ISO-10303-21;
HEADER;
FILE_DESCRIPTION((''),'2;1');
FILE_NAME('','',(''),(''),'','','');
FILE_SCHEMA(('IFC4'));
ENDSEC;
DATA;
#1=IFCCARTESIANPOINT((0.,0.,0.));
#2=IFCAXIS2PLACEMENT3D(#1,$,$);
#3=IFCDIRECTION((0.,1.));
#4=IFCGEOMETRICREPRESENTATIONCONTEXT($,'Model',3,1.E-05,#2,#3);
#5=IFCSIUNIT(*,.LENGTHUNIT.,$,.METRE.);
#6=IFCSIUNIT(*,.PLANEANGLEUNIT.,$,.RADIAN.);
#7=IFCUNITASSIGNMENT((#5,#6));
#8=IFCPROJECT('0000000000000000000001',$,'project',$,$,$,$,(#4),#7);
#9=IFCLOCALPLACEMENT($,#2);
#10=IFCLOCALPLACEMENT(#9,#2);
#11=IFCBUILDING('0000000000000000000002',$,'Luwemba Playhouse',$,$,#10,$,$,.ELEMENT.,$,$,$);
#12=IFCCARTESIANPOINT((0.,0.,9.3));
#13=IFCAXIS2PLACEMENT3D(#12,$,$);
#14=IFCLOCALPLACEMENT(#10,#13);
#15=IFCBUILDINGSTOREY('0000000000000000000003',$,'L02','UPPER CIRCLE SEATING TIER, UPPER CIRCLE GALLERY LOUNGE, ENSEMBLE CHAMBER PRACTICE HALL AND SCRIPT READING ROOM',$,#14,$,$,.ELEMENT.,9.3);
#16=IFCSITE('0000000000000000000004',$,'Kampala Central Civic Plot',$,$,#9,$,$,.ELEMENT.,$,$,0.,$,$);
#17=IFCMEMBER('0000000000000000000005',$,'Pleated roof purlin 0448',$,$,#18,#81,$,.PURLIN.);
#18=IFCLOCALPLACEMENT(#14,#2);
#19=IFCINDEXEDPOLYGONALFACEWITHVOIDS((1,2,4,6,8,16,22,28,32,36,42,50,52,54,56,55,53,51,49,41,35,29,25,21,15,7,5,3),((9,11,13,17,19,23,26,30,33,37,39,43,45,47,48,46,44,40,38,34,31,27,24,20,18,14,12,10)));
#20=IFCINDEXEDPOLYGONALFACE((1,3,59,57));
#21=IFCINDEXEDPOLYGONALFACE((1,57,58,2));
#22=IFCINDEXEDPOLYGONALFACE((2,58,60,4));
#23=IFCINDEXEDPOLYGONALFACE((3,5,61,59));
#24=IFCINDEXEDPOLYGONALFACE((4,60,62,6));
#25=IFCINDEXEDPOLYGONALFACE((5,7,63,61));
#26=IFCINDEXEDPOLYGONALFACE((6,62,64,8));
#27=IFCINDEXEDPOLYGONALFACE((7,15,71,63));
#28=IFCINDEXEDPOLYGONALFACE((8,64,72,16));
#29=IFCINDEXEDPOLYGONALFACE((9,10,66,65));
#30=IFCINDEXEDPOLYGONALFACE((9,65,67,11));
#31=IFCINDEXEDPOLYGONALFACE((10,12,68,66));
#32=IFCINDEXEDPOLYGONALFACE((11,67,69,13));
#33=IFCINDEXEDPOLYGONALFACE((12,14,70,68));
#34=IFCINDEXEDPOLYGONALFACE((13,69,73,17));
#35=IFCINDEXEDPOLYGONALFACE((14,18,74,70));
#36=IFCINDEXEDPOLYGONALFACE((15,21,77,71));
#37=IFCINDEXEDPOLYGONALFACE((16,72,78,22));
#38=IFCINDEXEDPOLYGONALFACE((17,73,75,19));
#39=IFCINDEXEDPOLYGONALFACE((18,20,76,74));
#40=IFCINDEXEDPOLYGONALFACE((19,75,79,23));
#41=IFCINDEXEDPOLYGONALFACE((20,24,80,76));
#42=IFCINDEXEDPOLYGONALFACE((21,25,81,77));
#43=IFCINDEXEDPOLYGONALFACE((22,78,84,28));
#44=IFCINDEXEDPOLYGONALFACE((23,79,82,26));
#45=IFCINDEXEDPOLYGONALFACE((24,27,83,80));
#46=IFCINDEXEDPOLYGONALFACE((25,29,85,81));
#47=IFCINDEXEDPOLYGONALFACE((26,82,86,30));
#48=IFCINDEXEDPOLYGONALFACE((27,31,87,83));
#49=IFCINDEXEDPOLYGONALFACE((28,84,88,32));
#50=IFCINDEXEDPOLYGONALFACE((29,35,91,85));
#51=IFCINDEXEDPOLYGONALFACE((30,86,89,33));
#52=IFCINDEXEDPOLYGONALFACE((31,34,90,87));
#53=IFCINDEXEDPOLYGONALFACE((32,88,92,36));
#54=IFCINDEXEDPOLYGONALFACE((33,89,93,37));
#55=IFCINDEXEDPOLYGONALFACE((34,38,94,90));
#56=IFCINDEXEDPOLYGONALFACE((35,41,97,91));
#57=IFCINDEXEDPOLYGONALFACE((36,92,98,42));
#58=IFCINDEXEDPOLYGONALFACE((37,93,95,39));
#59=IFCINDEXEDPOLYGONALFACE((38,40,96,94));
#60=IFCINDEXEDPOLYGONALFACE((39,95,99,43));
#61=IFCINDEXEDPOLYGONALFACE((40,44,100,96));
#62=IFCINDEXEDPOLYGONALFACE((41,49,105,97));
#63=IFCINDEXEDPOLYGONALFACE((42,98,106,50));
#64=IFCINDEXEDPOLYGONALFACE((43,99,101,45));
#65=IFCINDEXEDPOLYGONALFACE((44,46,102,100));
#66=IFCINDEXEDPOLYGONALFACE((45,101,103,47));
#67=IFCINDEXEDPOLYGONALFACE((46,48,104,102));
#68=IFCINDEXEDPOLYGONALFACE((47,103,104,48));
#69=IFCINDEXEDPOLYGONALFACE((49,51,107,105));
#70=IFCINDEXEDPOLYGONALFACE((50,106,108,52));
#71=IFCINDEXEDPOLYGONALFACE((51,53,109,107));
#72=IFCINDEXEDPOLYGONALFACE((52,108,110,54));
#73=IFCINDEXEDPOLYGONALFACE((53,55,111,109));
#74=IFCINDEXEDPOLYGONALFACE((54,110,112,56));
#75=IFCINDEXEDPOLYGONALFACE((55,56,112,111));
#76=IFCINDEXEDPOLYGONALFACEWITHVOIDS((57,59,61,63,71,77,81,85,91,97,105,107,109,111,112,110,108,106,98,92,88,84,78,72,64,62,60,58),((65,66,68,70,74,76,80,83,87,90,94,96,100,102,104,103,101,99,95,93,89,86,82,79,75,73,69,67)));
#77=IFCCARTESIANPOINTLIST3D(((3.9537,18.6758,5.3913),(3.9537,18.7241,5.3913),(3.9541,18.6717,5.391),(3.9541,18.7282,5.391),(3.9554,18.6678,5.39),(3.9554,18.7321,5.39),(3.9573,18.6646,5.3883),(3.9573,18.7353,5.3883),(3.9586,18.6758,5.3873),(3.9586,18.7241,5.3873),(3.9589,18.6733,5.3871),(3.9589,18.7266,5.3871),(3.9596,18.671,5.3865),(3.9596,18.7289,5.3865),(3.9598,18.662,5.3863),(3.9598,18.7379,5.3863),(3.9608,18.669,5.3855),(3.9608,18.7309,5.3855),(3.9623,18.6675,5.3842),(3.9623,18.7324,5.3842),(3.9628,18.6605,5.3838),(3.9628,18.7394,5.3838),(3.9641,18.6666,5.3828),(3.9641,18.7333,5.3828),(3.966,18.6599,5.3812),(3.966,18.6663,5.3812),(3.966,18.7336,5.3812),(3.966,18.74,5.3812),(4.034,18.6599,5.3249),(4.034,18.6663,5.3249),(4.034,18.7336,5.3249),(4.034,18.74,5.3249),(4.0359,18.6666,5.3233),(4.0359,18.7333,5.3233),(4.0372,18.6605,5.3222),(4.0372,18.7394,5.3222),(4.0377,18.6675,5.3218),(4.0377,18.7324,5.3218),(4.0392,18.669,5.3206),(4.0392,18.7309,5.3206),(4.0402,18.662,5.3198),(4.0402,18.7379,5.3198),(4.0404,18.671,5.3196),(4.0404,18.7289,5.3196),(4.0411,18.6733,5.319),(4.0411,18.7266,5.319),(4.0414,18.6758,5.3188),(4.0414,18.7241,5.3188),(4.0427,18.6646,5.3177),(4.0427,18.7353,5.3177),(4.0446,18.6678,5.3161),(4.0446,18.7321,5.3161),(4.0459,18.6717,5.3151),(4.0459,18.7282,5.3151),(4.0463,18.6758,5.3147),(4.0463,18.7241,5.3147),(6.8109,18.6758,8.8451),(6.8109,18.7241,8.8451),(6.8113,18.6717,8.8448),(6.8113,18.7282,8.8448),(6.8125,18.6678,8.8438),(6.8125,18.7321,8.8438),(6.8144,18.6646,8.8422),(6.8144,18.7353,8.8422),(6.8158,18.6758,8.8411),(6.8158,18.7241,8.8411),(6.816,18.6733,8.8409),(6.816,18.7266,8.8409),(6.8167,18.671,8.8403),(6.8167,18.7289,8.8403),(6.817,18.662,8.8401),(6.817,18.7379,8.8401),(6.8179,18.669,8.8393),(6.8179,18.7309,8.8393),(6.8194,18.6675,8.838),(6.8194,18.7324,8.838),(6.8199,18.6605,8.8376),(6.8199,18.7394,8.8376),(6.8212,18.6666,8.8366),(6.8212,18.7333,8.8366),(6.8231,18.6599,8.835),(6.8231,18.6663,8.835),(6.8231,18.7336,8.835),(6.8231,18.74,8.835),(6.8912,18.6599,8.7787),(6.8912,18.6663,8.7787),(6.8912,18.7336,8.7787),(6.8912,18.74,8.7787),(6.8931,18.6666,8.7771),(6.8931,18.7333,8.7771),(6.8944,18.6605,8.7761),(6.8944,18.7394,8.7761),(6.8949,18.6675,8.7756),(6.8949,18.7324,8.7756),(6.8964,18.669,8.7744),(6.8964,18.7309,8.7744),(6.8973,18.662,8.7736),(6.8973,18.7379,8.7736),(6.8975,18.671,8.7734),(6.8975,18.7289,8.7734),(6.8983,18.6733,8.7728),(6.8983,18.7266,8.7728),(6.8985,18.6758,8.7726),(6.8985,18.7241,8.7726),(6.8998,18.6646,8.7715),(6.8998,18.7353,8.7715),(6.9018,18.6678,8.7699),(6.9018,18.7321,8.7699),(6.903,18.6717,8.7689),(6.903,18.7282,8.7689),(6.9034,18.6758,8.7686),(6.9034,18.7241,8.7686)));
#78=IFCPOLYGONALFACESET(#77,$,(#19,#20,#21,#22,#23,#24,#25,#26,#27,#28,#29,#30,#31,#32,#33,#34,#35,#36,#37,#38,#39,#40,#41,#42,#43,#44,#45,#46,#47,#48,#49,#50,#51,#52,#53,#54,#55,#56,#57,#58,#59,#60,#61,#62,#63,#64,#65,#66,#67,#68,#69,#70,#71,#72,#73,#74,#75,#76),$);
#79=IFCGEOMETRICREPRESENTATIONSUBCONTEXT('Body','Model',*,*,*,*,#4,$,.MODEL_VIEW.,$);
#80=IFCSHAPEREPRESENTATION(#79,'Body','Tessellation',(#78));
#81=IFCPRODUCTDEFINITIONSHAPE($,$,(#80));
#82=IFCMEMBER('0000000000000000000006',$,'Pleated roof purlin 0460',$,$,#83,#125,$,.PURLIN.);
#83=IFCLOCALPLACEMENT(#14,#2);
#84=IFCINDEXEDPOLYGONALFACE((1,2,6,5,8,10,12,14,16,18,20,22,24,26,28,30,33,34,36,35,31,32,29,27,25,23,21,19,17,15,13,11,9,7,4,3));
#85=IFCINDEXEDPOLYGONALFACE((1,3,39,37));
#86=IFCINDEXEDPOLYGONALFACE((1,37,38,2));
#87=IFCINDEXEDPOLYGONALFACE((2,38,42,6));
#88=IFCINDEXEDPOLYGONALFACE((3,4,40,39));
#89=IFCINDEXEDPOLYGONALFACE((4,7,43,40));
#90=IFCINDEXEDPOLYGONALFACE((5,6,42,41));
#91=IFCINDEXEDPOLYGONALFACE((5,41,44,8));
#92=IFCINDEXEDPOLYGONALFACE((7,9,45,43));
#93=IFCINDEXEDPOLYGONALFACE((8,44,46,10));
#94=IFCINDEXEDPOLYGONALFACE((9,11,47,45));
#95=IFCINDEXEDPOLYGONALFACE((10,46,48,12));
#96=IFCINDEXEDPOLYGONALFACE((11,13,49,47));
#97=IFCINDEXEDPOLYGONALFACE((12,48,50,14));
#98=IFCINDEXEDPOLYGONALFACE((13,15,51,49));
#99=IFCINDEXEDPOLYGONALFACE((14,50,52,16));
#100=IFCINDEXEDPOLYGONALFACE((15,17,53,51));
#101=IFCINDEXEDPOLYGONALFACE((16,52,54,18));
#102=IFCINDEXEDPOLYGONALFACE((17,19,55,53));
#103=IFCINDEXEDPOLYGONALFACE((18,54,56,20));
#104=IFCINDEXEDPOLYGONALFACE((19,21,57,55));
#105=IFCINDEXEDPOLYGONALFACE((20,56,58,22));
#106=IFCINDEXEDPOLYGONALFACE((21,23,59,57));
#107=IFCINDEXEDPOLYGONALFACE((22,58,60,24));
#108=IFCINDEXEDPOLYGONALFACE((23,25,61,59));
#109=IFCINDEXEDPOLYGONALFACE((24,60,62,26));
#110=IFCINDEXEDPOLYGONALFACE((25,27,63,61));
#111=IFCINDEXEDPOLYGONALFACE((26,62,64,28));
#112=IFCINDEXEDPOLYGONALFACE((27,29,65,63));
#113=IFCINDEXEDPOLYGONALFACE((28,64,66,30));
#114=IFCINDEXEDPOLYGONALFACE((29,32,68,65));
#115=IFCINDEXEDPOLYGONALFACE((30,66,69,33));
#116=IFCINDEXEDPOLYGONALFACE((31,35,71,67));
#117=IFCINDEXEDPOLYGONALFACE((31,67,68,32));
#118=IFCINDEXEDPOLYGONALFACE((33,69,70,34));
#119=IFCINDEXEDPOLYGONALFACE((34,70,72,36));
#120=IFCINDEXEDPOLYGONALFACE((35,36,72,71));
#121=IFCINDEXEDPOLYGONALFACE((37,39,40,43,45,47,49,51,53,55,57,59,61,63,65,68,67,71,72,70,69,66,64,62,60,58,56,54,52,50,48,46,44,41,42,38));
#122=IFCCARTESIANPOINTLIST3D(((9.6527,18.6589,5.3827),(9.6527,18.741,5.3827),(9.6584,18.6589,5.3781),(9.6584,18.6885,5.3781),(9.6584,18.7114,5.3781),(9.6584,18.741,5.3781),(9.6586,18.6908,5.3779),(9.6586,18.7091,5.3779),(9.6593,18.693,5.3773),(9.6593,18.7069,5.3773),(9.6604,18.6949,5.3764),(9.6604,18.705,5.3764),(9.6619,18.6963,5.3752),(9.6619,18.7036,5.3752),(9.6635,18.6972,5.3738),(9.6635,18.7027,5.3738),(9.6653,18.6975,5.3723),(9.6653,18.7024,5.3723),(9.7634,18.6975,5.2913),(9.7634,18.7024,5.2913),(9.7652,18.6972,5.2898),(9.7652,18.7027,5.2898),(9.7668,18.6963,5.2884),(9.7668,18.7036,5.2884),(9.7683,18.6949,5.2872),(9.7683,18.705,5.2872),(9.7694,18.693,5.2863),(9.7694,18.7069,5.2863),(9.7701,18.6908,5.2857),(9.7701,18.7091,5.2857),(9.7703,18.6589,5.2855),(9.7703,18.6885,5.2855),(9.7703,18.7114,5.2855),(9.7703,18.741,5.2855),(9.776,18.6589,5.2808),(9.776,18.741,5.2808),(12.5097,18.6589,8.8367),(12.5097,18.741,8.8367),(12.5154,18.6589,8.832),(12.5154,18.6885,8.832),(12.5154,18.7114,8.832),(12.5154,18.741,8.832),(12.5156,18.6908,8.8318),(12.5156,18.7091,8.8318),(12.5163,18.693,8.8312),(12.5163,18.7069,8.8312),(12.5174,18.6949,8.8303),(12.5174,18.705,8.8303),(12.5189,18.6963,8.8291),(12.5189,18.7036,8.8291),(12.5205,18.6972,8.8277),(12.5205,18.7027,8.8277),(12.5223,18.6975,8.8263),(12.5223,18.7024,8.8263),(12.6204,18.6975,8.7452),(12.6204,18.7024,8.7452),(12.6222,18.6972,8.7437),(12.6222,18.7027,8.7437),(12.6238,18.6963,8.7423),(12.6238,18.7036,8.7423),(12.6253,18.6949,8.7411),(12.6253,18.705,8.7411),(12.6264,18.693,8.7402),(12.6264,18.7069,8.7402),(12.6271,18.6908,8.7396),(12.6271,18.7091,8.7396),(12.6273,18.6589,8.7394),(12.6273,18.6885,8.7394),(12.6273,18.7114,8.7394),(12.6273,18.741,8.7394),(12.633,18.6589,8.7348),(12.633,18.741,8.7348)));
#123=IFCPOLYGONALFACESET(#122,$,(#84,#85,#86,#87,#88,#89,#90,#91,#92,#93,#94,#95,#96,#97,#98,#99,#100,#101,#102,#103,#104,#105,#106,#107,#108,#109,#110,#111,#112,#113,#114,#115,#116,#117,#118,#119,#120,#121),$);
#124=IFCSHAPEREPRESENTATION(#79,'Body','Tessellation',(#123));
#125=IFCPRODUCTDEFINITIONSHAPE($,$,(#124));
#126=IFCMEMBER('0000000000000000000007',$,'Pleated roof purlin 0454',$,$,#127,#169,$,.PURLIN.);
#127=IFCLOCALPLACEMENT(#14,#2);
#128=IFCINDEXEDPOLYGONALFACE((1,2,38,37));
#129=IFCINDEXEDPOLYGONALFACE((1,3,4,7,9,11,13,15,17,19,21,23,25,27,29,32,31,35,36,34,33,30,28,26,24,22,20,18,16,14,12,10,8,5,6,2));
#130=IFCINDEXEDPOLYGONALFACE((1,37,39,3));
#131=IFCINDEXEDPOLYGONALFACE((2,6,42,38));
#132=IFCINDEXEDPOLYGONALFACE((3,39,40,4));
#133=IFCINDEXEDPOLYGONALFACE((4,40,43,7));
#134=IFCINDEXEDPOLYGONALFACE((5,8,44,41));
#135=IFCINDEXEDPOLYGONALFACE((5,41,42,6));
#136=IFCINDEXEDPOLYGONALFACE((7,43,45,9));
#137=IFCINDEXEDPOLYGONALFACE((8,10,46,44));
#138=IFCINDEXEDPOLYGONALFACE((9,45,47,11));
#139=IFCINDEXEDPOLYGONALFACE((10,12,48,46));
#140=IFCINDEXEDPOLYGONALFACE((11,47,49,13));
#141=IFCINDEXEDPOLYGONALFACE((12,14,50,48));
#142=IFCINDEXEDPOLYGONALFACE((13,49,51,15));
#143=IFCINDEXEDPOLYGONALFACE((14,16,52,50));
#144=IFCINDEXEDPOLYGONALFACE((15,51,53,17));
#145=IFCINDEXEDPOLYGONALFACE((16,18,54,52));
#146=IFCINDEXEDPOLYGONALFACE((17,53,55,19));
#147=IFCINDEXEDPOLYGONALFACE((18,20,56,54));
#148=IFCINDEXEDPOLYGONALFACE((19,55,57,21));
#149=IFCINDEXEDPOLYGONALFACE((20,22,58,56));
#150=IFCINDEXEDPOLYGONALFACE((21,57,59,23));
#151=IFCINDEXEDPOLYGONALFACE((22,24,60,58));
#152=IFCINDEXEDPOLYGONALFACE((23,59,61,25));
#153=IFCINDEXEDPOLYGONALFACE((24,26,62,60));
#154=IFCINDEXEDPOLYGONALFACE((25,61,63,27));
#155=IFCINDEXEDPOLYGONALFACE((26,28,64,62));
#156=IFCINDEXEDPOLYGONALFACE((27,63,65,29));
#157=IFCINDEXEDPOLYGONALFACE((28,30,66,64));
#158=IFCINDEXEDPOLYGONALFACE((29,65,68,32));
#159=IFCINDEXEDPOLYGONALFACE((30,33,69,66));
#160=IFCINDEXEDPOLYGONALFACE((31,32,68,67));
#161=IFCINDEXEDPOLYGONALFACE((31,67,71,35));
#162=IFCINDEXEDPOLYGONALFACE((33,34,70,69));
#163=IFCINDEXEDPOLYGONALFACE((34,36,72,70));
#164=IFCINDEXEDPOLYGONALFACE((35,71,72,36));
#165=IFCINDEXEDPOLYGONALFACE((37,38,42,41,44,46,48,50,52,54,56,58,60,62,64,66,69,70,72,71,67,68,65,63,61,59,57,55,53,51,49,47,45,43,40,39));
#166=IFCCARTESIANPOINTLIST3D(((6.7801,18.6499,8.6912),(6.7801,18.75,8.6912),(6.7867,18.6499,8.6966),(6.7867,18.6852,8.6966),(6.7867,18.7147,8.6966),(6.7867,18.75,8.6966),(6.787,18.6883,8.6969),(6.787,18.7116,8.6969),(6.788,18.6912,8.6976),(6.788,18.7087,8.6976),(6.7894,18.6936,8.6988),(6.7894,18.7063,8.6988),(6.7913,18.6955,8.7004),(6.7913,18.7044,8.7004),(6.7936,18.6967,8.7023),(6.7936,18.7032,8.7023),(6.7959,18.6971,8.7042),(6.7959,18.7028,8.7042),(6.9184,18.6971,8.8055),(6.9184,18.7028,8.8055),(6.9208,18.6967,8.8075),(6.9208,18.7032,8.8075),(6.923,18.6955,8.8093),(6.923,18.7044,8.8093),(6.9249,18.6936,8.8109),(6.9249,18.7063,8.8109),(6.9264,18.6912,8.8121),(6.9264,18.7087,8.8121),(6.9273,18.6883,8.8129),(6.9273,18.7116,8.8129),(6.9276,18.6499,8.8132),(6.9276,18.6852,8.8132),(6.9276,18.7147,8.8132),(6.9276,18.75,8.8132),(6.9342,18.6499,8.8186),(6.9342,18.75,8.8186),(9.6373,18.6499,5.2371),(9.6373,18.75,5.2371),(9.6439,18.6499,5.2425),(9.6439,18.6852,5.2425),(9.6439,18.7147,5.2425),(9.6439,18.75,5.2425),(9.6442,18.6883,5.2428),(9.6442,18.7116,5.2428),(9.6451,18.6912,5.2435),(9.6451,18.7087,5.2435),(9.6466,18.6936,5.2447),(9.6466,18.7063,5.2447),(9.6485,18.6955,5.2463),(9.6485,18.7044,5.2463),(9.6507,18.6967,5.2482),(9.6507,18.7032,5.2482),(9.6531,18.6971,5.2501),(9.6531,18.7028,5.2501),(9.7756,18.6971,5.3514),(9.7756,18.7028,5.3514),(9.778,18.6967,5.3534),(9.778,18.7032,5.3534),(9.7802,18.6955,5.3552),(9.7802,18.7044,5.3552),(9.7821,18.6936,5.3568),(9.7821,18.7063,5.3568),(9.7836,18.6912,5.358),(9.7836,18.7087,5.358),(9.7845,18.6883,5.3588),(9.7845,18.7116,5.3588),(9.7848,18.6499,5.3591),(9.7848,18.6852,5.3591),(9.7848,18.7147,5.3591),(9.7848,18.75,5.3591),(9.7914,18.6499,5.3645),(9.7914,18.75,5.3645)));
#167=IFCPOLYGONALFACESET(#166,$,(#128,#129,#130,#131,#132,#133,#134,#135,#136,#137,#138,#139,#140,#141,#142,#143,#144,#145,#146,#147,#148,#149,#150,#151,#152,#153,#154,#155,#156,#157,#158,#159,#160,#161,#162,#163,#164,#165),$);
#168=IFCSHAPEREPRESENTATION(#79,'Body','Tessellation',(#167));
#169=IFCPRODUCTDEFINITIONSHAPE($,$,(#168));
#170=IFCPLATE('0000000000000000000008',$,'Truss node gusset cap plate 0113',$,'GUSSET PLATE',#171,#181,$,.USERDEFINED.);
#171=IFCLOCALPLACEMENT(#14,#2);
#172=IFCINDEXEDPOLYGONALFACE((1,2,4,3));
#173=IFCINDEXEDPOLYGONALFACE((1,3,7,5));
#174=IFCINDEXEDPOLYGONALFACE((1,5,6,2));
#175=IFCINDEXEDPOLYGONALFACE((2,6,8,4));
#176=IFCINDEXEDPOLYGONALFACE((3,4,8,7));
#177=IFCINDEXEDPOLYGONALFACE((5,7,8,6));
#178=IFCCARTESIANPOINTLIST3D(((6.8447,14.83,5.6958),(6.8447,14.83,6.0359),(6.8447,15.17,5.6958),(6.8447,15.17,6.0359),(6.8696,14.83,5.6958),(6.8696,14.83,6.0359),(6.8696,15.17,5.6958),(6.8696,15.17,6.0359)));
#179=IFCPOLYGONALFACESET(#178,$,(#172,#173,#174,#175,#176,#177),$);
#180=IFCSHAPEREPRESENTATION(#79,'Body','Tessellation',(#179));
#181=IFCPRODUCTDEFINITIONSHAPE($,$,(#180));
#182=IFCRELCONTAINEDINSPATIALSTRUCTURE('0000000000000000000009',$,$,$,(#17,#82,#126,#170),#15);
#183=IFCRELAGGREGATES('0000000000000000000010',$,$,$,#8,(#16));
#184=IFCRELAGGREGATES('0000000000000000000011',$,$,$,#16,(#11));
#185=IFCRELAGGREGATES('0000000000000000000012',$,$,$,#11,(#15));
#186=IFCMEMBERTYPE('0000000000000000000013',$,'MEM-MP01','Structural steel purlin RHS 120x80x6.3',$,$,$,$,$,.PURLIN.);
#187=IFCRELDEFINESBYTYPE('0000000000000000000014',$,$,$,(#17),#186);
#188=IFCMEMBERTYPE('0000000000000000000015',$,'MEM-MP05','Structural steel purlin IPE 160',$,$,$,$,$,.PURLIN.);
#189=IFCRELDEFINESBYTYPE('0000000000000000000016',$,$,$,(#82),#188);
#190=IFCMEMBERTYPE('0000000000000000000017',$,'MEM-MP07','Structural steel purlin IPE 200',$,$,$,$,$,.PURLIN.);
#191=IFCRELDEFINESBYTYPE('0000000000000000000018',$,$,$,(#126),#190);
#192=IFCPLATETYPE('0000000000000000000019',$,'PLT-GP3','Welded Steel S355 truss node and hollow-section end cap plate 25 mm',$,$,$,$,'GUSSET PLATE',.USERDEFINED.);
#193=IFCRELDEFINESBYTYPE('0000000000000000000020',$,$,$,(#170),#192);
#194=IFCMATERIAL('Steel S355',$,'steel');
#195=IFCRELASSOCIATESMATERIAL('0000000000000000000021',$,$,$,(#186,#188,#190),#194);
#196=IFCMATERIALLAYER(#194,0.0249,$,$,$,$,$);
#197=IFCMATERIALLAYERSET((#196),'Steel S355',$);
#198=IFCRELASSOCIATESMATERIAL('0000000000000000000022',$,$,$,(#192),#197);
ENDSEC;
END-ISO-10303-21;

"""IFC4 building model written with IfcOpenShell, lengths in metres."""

from ifc_helpers import new_model, si_unit, direction, frame, origin, origin_2d, place, context, subcontext, project, spatial, rectangle, hollow_rectangle, i_section, extrude, material, layer, layer_set, material_profile, profile_set, type_object, element, save


model = new_model("IFC4")

# Units and contexts
model_context = context("Model", 3, precision=1e-05, world=origin(), true_north=direction((0.0, 1.0)))
body_context = subcontext(model_context, "Body", "Model", "MODEL_VIEW")
ifc_project = project(units=[si_unit("LENGTHUNIT", "METRE"), si_unit("PLANEANGLEUNIT", "RADIAN")], contexts=[model_context])

# Site, building, storey
site_placement = place(None, origin())
site = spatial("IfcSite", under=ifc_project, at=site_placement, Name="Kampala Central Civic Plot", CompositionType="ELEMENT", RefElevation=0.0)
building_placement = place(site_placement, origin())
building = spatial("IfcBuilding", under=site, at=building_placement, Name="Luwemba Playhouse", CompositionType="ELEMENT")
storey_placement = place(building_placement, frame((0.0, 0.0, 9.3)))
storey = spatial("IfcBuildingStorey", under=building, at=storey_placement, Name="L02", Description="UPPER CIRCLE SEATING TIER, UPPER CIRCLE GALLERY LOUNGE, ENSEMBLE CHAMBER PRACTICE HALL AND SCRIPT READING ROOM", CompositionType="ELEMENT", Elevation=9.3)

# Shared definitions
ifc_material_1 = material(Name="Steel S355", Category="steel")

# Members
ifc_material_profile_1 = material_profile(ifc_material_1, hollow_rectangle(XDim=0.0801, YDim=0.1201, WallThickness=0.0063, InnerFilletRadius=0.0095, OuterFilletRadius=0.0159, at=origin_2d()))
ifc_profile_set_1 = profile_set([ifc_material_profile_1], Name="Steel S355")
member_type_1 = type_object("IfcMemberType", Name="MEM-MP01", Description="Structural steel purlin RHS 120x80x6.3", PredefinedType="PURLIN", material=ifc_profile_set_1)
member_1_placement = place(storey_placement, frame((4.0, 18.7, 5.353), z_axis=(0.637411, 0.0, 0.770524), x_axis=(0.0, 1.0, 0.0)))
element("IfcMember", 1, at=member_1_placement, inside=storey, type_object=member_type_1, Name="Pleated roof purlin 0448", PredefinedType="PURLIN", context=body_context, shape_type="SweptSolid", body=[
    extrude(hollow_rectangle(XDim=0.0801, YDim=0.1201, WallThickness=0.0063, InnerFilletRadius=0.0095, OuterFilletRadius=0.0159, at=origin_2d()), origin(), (0.0, 0.0, 1.0), 4.4824),
])
ifc_material_profile_2 = material_profile(ifc_material_1, i_section(OverallWidth=0.082, OverallDepth=0.1599, WebThickness=0.0049, FlangeThickness=0.0073, FilletRadius=0.009, at=origin_2d()))
ifc_profile_set_2 = profile_set([ifc_material_profile_2], Name="Steel S355")
member_type_2 = type_object("IfcMemberType", Name="MEM-MP05", Description="Structural steel purlin IPE 160", PredefinedType="PURLIN", material=ifc_profile_set_2)
member_2_placement = place(storey_placement, frame((9.7144, 18.7, 5.3318), z_axis=(0.637378, 0.0, 0.770551), x_axis=(0.0, 1.0, 0.0)))
element("IfcMember", 2, at=member_2_placement, inside=storey, type_object=member_type_2, Name="Pleated roof purlin 0460", PredefinedType="PURLIN", context=body_context, shape_type="SweptSolid", body=[
    extrude(i_section(OverallWidth=0.082, OverallDepth=0.1599, WebThickness=0.0049, FlangeThickness=0.0073, FilletRadius=0.009, at=origin_2d()), origin(), (0.0, 0.0, 1.0), 4.4824),
])
ifc_material_profile_3 = material_profile(ifc_material_1, i_section(OverallWidth=0.1001, OverallDepth=0.2, WebThickness=0.0056, FlangeThickness=0.0085, FilletRadius=0.012, at=origin_2d()))
ifc_profile_set_3 = profile_set([ifc_material_profile_3], Name="Steel S355")
member_type_3 = type_object("IfcMemberType", Name="MEM-MP07", Description="Structural steel purlin IPE 200", PredefinedType="PURLIN", material=ifc_profile_set_3)
member_3_placement = place(storey_placement, frame((6.8572, 18.7, 8.7549), z_axis=(0.637384, 0.0, -0.770547), x_axis=(0.0, 1.0, 0.0)))
element("IfcMember", 3, at=member_3_placement, inside=storey, type_object=member_type_3, Name="Pleated roof purlin 0454", PredefinedType="PURLIN", context=body_context, shape_type="SweptSolid", body=[
    extrude(i_section(OverallWidth=0.1001, OverallDepth=0.2, WebThickness=0.0056, FlangeThickness=0.0085, FilletRadius=0.012, at=origin_2d()), origin(), (0.0, 0.0, 1.0), 4.4827),
])

# Plate
ifc_layer_1 = layer(ifc_material_1, 0.0249)
ifc_layer_set_1 = layer_set([ifc_layer_1], Name="Steel S355")
plate_type = type_object("IfcPlateType", Name="PLT-GP3", Description="Welded Steel S355 truss node and hollow-section end cap plate 25 mm", ElementType="GUSSET PLATE", PredefinedType="USERDEFINED", material=ifc_layer_set_1)
plate_placement = place(storey_placement, frame((6.8572, 15.0, 5.6958), z_axis=(0.0, 0.0, 1.0), x_axis=(1.0, 0.0, 0.0)))
element("IfcPlate", 4, at=plate_placement, inside=storey, type_object=plate_type, Name="Truss node gusset cap plate 0113", ObjectType="GUSSET PLATE", PredefinedType="USERDEFINED", context=body_context, shape_type="SweptSolid", body=[
    extrude(rectangle(XDim=0.0249, YDim=0.3401, at=origin_2d()), origin(), (0.0, 0.0, 1.0), 0.3401),
])

save(model, "model.ifc")
